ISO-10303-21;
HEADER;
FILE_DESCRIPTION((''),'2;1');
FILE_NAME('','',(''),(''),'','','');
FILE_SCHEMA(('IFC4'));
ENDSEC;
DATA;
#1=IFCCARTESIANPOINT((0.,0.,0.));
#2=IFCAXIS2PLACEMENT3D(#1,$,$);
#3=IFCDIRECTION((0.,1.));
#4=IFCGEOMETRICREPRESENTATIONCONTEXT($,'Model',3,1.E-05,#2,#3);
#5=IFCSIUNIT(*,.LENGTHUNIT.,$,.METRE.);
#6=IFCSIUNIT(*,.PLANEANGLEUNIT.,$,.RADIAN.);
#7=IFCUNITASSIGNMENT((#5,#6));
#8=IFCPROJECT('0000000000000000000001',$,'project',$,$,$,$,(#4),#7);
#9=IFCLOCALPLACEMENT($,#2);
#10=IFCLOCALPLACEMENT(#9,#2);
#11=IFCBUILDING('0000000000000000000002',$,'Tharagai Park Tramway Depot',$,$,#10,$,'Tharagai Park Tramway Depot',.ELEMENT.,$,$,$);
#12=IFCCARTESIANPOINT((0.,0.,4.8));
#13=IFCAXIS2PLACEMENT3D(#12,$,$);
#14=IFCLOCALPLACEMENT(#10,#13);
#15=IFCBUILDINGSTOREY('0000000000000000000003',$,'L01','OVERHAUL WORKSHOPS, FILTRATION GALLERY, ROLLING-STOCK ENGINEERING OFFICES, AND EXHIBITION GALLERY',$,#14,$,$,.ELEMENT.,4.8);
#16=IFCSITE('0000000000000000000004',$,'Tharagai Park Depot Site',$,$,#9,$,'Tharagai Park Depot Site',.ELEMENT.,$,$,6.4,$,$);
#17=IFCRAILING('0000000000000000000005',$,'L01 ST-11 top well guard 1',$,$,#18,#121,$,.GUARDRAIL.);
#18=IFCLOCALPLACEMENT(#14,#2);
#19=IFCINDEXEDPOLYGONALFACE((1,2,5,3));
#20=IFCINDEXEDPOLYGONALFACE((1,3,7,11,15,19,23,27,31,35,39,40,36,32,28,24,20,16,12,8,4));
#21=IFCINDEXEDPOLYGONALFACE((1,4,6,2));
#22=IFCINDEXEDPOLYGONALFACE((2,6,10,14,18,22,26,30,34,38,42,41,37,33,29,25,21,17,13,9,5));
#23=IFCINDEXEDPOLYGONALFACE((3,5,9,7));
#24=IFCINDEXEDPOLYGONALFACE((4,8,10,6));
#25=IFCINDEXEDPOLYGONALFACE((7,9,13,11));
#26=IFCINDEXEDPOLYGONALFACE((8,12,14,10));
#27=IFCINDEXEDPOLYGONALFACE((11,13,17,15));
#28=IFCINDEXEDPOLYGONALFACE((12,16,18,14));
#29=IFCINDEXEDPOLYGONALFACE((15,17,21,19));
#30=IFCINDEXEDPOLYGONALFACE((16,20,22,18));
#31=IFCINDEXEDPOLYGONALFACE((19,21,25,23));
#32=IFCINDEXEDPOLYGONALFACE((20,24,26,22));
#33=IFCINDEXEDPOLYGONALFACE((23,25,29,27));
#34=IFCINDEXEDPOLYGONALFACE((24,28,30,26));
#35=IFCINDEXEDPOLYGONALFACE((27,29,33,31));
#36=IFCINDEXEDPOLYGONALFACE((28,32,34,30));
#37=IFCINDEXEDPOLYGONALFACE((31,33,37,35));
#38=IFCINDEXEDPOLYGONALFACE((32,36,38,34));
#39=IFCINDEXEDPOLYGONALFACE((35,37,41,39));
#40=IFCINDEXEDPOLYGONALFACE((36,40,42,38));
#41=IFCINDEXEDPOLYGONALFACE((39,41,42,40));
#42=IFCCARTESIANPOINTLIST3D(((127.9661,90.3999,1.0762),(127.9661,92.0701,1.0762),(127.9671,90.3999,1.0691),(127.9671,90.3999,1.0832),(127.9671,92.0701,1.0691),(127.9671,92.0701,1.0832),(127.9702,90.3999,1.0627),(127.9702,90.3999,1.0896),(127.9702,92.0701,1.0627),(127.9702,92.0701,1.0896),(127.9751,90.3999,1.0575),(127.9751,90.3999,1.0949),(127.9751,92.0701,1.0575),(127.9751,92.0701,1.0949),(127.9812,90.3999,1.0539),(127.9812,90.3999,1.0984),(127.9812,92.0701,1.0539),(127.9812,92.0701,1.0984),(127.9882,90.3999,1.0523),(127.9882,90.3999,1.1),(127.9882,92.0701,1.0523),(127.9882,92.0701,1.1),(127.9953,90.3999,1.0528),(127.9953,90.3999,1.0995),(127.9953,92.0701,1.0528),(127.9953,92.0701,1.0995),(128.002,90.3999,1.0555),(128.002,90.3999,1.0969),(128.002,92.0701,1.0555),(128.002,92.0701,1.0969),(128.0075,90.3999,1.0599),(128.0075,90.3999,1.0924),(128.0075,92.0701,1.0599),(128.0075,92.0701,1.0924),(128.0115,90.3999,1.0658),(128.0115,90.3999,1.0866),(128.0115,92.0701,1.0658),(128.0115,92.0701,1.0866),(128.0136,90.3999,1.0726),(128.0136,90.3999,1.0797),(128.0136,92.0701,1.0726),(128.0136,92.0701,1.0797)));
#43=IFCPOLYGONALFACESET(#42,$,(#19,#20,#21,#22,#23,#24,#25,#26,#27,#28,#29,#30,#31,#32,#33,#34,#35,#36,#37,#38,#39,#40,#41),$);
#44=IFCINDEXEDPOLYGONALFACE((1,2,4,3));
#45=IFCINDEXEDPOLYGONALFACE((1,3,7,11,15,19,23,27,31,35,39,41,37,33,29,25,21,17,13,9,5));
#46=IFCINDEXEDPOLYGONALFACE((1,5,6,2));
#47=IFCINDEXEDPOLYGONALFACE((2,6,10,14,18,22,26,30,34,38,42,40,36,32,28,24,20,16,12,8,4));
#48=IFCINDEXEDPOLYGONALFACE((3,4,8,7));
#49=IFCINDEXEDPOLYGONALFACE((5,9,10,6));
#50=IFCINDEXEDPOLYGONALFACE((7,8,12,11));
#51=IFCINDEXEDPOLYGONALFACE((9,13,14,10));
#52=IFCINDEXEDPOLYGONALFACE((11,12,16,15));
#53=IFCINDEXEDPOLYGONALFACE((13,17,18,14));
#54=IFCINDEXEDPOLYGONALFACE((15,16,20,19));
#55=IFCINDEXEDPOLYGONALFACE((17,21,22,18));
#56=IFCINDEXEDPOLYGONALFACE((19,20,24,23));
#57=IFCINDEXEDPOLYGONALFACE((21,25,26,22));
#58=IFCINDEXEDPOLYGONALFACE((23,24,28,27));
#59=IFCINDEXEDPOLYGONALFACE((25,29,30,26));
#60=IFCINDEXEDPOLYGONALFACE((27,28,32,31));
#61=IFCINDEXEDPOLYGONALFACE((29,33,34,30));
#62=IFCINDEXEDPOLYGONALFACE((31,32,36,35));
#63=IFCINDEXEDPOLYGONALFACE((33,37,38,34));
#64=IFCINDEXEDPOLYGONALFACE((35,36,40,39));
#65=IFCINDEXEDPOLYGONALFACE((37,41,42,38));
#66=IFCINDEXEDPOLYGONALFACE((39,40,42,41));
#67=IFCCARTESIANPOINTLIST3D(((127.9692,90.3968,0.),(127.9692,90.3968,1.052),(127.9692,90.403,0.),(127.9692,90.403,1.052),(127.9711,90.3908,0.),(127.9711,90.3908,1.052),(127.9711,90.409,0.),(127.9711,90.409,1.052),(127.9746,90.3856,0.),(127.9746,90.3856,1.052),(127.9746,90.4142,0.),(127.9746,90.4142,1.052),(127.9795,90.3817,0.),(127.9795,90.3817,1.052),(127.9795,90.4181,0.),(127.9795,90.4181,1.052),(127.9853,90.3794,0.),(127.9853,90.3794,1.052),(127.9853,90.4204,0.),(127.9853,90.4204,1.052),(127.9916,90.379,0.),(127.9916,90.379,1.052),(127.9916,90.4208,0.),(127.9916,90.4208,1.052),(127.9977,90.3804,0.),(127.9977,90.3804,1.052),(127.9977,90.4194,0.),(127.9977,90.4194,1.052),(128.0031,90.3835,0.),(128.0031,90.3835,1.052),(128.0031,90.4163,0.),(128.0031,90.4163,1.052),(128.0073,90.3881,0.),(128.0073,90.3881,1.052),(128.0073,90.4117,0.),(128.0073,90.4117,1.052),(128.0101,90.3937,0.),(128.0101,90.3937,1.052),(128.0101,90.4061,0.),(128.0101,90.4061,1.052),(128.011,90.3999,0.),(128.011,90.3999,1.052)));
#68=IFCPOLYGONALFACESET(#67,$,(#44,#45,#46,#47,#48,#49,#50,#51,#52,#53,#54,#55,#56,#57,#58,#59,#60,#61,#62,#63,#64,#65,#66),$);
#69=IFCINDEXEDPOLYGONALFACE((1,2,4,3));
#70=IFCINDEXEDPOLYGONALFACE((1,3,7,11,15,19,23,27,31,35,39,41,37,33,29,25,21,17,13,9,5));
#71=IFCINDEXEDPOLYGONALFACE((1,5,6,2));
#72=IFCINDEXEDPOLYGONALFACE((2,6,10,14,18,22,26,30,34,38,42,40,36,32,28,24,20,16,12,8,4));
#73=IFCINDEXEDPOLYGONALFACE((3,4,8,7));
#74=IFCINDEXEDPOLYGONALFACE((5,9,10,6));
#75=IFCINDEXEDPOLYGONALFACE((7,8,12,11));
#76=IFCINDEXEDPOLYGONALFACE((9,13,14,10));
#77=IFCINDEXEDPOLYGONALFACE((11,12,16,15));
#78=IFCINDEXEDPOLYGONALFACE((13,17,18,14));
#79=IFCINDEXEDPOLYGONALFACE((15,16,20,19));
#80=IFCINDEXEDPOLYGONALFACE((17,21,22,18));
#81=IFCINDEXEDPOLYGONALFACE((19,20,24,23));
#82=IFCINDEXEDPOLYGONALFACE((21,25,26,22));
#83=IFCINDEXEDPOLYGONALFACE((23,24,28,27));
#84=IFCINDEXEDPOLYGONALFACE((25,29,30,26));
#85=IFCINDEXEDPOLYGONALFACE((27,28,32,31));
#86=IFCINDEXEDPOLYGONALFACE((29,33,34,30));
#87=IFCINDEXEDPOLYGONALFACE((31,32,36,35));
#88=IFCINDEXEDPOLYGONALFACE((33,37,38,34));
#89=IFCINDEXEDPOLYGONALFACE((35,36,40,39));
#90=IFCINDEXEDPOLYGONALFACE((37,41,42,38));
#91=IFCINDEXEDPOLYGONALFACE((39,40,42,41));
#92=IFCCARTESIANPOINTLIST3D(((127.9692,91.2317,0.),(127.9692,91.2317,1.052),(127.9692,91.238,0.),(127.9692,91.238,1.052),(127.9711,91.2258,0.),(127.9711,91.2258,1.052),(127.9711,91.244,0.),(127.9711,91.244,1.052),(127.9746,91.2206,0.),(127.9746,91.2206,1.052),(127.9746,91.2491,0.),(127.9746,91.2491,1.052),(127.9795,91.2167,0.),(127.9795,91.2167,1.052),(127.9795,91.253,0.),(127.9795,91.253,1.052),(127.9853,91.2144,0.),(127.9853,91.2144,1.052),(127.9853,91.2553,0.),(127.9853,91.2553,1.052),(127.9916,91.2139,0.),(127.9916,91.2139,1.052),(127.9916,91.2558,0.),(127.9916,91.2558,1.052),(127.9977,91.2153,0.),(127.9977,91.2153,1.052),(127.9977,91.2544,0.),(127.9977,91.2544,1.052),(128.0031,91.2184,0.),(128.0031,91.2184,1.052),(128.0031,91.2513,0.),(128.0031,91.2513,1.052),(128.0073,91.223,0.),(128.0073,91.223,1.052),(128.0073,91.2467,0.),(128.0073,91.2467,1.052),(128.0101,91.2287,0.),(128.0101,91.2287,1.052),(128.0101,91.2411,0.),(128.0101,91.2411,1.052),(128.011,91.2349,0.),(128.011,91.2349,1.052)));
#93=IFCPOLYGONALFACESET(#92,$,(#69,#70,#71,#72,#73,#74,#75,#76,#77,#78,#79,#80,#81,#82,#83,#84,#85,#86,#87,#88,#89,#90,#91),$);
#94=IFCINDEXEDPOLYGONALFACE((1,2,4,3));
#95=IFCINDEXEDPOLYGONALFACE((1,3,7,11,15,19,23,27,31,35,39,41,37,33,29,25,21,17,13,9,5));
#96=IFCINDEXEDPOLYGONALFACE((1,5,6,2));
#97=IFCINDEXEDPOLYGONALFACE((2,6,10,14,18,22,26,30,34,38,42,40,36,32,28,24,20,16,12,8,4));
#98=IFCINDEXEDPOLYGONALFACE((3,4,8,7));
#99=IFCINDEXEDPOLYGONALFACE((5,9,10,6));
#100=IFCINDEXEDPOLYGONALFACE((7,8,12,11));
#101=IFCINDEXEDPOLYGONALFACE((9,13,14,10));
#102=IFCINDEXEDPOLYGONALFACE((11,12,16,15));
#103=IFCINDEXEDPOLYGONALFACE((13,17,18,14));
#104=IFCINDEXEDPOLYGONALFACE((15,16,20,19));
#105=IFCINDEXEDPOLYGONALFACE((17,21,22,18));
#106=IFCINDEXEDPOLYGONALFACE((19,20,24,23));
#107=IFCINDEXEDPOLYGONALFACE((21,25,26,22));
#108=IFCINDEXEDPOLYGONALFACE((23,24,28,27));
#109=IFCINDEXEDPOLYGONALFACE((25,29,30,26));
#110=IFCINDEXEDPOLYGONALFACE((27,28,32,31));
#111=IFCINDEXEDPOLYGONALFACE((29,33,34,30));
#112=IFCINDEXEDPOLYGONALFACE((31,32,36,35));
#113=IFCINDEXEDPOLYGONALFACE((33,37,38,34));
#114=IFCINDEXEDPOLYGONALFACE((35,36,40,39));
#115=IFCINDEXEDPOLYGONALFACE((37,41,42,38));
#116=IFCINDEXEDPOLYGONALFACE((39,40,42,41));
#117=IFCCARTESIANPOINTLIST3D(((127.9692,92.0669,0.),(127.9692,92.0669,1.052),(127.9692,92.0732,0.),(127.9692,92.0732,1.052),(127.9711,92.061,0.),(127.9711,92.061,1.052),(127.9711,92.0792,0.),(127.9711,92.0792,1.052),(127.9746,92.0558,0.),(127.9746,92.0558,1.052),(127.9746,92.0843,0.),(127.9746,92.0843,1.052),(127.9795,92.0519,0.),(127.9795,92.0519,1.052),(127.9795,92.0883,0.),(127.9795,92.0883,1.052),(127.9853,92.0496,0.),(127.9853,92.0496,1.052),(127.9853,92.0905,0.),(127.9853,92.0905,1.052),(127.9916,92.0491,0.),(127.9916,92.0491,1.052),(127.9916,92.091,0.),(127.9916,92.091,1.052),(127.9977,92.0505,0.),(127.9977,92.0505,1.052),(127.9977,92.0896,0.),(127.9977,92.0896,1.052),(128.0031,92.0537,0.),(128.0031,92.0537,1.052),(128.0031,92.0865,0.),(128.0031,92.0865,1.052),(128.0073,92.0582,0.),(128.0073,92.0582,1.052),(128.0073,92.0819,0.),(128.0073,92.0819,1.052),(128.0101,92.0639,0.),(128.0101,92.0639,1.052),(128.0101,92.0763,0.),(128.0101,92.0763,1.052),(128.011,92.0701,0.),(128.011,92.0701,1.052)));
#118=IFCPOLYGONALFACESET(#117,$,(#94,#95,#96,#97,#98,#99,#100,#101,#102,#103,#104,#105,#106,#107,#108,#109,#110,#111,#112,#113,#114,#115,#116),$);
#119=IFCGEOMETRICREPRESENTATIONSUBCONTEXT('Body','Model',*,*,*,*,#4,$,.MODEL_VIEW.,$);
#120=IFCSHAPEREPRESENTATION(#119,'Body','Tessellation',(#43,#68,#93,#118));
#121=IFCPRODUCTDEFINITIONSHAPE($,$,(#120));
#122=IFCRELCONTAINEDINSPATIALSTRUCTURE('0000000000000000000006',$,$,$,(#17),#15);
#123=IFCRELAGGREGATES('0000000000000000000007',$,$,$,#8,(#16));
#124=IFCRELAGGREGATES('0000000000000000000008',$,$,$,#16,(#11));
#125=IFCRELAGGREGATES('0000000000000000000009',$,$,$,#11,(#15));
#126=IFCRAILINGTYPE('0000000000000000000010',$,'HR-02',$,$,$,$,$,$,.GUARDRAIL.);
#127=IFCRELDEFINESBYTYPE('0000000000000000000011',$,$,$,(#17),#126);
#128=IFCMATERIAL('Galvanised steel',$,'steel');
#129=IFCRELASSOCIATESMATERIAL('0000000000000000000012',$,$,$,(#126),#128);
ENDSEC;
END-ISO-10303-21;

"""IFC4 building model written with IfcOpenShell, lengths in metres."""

from ifc_helpers import new_model, si_unit, direction, frame, origin, origin_2d, place, context, subcontext, project, spatial, circle, extrude, material, type_object, element, save


model = new_model("IFC4")

# Units and contexts
model_context = context("Model", 3, precision=1e-05, world=origin(), true_north=direction((0.0, 1.0)))
body_context = subcontext(model_context, "Body", "Model", "MODEL_VIEW")
ifc_project = project(units=[si_unit("LENGTHUNIT", "METRE"), si_unit("PLANEANGLEUNIT", "RADIAN")], contexts=[model_context])

# Site, building, storey
site_placement = place(None, origin())
site = spatial("IfcSite", under=ifc_project, at=site_placement, Name="Tharagai Park Depot Site", LongName="Tharagai Park Depot Site", CompositionType="ELEMENT", RefElevation=6.4)
building_placement = place(site_placement, origin())
building = spatial("IfcBuilding", under=site, at=building_placement, Name="Tharagai Park Tramway Depot", LongName="Tharagai Park Tramway Depot", CompositionType="ELEMENT")
storey_placement = place(building_placement, frame((0.0, 0.0, 4.8)))
storey = spatial("IfcBuildingStorey", under=building, at=storey_placement, Name="L01", Description="OVERHAUL WORKSHOPS, FILTRATION GALLERY, ROLLING-STOCK ENGINEERING OFFICES, AND EXHIBITION GALLERY", CompositionType="ELEMENT", Elevation=4.8)

# Railing
ifc_material_1 = material(Name="Galvanised steel", Category="steel")
railing_type = type_object("IfcRailingType", Name="HR-02", PredefinedType="GUARDRAIL", material=ifc_material_1)
railing_placement = place(storey_placement, frame((127.99, 90.3999, 0.0)))
element("IfcRailing", 1, at=railing_placement, inside=storey, type_object=railing_type, Name="L01 ST-11 top well guard 1", PredefinedType="GUARDRAIL", context=body_context, shape_type="SweptSolid", body=[
    extrude(circle(Radius=0.0239, at=origin_2d()), frame((0.0, 0.0, 1.0762), z_axis=(0.0, 1.0, 0.0), x_axis=(-1.0, 0.0, 0.0)), (0.0, 0.0, 1.0), 1.6702),
    extrude(circle(Radius=0.021, at=origin_2d()), origin(), (0.0, 0.0, 1.0), 1.052),
    extrude(circle(Radius=0.021, at=origin_2d()), frame((0.0, 0.835, 0.0)), (0.0, 0.0, 1.0), 1.052),
    extrude(circle(Radius=0.021, at=origin_2d()), frame((0.0, 1.6702, 0.0)), (0.0, 0.0, 1.0), 1.052),
])

save(model, "model.ifc")
